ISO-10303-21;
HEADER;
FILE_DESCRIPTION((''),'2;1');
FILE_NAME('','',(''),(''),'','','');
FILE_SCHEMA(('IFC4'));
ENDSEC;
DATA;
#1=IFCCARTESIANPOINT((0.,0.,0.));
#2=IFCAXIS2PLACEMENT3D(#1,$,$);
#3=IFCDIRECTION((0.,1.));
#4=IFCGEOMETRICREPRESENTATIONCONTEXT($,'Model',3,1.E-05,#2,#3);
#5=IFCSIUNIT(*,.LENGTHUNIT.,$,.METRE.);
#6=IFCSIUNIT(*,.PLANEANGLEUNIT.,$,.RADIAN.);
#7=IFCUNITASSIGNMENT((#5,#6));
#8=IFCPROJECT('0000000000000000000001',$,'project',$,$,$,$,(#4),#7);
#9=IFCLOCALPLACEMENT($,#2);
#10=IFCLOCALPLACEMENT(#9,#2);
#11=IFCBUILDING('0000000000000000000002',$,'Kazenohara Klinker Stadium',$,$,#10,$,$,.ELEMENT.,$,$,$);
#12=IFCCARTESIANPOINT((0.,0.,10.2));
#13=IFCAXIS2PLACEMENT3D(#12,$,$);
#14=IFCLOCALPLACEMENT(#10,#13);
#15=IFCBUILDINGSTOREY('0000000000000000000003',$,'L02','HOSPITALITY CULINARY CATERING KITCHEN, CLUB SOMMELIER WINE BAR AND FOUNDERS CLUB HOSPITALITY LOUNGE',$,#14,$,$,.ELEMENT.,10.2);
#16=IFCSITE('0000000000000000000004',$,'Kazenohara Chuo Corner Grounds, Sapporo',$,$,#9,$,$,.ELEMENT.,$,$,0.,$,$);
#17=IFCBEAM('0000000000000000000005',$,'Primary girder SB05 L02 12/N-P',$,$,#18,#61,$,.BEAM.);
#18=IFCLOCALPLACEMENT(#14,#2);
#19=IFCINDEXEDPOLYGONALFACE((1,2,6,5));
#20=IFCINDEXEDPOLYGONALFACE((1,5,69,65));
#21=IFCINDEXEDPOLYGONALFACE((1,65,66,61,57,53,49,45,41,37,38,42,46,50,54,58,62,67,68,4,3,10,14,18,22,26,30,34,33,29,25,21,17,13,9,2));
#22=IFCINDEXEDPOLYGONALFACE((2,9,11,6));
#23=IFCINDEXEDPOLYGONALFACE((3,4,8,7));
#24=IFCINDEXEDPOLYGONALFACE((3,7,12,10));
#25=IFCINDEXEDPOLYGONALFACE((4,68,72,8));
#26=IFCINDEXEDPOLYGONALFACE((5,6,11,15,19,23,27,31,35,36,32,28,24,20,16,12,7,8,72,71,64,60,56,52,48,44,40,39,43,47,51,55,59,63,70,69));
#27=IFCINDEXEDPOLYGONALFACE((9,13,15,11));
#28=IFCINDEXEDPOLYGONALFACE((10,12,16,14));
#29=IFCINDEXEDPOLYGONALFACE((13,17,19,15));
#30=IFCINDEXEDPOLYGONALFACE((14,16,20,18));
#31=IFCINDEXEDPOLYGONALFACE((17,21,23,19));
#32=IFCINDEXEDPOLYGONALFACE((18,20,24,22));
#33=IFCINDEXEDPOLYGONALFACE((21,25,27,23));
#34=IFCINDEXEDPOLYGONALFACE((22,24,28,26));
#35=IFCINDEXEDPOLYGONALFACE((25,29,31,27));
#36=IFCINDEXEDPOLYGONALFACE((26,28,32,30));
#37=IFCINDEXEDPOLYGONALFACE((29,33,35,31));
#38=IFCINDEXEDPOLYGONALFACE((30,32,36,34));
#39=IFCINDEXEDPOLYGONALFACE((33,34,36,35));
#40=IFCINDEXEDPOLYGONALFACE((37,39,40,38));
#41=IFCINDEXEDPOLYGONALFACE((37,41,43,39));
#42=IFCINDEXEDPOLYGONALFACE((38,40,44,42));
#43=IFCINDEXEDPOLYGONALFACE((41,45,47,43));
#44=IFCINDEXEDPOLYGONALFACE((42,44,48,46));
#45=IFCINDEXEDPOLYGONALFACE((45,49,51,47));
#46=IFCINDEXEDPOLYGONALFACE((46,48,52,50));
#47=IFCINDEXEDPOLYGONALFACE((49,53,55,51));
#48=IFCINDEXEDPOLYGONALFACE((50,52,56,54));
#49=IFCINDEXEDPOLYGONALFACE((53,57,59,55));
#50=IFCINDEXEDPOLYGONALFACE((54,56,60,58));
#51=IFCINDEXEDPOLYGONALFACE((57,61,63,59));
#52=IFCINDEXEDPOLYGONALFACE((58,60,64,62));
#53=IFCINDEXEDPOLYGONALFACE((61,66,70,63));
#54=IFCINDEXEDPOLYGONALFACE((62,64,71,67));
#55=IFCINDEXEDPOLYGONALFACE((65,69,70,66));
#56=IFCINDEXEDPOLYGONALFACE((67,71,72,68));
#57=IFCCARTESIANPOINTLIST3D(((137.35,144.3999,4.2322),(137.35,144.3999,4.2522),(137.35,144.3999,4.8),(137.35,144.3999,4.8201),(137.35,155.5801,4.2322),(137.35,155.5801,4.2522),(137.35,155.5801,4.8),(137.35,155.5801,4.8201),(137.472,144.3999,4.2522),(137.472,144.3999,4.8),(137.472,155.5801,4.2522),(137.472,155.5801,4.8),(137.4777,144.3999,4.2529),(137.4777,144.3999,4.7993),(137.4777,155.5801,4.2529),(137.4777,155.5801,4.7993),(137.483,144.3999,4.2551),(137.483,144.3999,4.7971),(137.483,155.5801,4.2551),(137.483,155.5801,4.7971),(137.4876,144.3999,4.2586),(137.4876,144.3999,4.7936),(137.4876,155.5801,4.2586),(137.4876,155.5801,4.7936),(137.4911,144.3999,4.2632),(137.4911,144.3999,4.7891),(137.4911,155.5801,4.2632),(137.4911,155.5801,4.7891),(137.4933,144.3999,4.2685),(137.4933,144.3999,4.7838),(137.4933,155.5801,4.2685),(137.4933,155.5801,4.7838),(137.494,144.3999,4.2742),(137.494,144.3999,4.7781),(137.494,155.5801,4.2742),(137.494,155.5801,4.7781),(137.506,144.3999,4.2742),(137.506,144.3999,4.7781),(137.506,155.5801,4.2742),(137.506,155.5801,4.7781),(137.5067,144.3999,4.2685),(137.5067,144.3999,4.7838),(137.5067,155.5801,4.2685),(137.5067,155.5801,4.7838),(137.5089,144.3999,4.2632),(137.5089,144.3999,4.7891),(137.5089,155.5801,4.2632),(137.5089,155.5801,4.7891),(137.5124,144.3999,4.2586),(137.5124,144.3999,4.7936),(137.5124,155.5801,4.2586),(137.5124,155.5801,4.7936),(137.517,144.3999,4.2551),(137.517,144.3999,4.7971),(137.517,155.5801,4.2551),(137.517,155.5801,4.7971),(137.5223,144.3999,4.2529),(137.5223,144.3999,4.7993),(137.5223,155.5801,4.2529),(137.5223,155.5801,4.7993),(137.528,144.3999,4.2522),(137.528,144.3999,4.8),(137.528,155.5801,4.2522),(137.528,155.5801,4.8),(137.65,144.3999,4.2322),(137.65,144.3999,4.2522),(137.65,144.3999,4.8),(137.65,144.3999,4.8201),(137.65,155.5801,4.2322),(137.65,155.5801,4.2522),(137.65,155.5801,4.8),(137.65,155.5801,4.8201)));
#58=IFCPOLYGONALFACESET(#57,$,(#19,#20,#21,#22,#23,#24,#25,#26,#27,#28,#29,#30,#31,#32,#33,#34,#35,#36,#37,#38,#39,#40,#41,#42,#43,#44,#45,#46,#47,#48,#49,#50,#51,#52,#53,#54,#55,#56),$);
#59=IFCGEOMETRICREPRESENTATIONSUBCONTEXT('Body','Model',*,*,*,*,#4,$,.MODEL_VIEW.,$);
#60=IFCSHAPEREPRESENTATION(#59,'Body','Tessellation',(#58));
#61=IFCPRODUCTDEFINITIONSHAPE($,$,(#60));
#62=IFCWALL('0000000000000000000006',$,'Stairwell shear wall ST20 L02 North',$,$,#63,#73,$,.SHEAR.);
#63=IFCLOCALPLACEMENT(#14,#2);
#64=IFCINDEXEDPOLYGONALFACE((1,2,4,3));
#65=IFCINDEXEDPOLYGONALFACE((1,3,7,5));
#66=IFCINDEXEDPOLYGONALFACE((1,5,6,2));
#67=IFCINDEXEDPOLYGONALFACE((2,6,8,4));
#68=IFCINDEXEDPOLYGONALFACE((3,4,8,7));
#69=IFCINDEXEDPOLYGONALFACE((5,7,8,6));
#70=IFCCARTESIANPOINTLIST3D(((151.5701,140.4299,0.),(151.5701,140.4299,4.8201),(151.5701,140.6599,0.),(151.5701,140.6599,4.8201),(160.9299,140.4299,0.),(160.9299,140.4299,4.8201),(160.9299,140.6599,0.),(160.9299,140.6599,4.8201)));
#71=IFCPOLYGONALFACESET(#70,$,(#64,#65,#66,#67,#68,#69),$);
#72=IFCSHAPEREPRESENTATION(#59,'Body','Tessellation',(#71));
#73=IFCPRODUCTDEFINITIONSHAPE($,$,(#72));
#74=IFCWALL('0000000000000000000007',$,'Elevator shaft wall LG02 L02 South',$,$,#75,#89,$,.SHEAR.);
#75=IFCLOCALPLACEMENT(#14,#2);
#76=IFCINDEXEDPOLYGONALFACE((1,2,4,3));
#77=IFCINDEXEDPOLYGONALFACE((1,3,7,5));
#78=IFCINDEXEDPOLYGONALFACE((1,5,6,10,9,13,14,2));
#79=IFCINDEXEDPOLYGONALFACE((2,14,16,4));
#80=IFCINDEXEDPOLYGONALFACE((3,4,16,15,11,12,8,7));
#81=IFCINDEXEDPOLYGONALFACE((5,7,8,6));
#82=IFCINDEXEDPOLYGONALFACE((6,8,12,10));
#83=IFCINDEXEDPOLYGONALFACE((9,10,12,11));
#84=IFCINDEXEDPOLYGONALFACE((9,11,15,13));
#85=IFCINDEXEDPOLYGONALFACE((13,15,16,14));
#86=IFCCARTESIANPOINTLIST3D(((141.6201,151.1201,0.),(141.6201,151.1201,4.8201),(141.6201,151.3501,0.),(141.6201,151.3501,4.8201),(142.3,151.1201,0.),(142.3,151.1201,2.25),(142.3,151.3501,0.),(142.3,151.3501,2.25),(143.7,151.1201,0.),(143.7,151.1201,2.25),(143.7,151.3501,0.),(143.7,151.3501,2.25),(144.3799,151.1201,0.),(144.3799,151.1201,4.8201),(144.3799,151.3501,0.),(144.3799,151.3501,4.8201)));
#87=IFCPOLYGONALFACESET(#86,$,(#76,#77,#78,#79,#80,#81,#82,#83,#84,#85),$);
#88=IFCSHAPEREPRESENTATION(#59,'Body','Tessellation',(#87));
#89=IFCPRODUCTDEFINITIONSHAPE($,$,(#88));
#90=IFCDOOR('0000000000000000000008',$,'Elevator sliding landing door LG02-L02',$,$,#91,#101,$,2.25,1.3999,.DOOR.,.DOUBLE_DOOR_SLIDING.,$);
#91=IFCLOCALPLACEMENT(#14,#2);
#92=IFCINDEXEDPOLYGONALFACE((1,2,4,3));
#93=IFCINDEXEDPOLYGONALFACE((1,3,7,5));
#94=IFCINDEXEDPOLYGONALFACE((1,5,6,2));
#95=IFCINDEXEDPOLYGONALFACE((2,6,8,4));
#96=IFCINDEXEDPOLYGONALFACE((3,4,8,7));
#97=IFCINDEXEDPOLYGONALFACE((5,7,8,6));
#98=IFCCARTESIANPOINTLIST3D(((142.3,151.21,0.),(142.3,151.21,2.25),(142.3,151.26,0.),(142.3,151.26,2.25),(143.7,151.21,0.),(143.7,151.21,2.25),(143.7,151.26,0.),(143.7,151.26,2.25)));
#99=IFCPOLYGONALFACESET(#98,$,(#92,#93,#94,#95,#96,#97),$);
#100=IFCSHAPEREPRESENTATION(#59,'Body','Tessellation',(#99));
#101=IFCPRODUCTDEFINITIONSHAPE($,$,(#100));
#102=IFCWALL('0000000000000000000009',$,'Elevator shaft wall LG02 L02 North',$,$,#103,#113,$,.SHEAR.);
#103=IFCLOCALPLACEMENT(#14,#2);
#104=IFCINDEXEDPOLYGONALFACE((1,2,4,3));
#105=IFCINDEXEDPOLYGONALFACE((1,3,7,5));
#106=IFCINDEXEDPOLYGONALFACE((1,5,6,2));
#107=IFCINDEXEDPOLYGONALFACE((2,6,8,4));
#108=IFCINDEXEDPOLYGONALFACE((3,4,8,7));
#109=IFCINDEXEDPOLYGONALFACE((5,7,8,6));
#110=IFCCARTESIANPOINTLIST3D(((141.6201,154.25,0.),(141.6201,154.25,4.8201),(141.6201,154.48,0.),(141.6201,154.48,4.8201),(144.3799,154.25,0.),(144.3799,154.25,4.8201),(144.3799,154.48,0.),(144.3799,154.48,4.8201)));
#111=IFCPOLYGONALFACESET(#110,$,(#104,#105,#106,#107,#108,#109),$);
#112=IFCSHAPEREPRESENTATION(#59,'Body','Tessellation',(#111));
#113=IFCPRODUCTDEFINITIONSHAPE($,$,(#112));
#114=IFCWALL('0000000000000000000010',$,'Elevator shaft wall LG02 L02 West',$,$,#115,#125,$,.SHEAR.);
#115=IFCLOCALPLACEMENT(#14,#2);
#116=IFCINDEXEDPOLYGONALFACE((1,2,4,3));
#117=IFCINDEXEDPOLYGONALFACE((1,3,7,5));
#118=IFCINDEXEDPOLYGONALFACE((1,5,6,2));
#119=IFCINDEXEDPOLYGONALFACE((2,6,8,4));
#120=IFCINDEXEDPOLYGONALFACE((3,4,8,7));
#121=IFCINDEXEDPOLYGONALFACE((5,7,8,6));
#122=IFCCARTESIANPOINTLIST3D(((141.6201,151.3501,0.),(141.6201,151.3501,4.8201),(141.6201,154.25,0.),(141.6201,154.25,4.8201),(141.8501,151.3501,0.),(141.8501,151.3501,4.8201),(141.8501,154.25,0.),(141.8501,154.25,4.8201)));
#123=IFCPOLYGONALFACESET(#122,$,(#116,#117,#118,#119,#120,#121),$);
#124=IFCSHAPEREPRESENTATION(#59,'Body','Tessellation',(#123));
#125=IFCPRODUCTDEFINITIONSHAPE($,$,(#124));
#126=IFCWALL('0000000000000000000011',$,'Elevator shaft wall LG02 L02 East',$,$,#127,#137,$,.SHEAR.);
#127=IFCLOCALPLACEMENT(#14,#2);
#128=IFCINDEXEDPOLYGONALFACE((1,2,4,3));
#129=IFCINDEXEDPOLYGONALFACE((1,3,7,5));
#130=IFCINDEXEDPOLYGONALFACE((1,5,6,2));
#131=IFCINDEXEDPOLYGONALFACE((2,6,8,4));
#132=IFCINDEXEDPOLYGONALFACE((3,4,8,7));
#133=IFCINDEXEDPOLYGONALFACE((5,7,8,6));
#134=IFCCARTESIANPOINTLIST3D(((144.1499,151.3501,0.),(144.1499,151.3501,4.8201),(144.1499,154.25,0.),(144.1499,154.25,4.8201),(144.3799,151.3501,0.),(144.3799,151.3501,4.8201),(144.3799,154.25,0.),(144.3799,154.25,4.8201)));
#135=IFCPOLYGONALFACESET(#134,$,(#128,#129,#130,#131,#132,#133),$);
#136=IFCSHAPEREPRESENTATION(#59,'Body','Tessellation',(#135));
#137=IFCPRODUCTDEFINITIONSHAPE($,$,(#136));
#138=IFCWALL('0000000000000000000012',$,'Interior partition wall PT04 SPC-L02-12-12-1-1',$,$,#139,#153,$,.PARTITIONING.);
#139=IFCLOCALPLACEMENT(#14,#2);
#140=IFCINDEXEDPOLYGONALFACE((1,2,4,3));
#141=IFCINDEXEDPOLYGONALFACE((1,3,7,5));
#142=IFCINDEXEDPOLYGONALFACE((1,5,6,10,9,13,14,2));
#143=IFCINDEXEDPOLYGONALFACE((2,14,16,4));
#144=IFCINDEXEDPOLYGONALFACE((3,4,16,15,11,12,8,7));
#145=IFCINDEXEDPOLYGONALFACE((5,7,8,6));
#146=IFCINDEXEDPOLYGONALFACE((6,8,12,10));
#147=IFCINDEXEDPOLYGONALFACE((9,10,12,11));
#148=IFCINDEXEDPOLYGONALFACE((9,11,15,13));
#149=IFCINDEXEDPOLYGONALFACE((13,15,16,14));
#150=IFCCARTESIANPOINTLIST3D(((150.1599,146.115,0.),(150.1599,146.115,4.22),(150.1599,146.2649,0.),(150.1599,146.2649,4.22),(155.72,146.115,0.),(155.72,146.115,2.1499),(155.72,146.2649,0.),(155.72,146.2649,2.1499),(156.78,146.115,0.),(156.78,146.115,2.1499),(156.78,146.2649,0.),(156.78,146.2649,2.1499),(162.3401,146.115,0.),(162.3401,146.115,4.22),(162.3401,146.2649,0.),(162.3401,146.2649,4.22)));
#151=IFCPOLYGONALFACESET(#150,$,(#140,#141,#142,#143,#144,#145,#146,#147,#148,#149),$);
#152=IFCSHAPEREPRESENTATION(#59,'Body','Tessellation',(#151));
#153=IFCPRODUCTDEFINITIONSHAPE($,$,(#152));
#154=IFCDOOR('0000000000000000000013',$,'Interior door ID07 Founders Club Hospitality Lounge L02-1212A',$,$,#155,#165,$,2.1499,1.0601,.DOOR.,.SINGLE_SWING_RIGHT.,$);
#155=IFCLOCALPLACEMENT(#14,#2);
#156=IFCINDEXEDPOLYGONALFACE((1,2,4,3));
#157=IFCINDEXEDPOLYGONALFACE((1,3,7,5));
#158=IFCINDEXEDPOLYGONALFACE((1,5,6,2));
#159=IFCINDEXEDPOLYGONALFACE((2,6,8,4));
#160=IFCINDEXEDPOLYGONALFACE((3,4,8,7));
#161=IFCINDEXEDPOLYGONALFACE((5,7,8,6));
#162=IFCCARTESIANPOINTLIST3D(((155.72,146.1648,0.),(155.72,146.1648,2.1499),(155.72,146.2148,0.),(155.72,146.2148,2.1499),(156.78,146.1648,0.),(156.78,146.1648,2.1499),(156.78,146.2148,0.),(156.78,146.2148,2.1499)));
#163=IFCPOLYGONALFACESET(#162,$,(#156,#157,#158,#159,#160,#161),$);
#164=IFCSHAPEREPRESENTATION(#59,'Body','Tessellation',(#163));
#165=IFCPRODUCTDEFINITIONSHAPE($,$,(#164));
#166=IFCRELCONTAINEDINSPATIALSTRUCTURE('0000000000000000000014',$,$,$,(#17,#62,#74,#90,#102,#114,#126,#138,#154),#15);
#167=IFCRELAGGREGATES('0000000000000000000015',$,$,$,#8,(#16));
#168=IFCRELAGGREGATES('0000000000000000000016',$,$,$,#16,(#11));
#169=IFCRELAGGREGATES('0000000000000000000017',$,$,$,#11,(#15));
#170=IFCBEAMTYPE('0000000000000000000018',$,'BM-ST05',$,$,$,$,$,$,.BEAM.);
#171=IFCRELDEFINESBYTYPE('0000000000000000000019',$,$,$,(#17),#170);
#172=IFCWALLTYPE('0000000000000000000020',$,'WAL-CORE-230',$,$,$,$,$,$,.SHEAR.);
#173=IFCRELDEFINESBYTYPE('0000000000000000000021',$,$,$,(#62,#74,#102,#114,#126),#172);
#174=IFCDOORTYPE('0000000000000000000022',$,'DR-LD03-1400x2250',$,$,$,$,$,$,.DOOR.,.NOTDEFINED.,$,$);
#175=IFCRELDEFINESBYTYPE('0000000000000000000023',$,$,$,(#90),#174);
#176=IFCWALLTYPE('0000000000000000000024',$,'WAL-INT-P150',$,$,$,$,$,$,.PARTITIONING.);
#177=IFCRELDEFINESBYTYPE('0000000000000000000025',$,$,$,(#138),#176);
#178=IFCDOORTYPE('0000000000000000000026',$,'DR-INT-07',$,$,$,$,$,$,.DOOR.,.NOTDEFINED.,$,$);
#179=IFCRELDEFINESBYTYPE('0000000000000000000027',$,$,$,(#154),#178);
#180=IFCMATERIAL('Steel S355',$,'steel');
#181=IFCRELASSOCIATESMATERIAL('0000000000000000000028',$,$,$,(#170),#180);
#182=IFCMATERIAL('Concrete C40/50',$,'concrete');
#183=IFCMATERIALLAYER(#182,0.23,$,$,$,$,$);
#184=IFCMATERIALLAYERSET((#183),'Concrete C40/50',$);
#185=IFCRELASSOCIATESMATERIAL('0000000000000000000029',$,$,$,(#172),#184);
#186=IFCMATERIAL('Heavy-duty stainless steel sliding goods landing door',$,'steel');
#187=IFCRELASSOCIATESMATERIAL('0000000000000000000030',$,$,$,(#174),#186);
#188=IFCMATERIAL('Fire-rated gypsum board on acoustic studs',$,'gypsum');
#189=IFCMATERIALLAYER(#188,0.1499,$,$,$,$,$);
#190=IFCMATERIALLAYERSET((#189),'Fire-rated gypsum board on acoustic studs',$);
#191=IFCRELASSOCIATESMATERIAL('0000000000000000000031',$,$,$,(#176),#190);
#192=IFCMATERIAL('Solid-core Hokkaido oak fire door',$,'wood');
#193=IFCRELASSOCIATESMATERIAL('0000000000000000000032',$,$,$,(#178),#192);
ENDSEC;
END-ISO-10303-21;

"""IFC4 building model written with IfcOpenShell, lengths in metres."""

from ifc_helpers import new_model, si_unit, direction, frame, frame_2d, origin, origin_2d, place, context, subcontext, project, spatial, rectangle, i_section, extrude, material, layer, layer_set, material_profile, profile_set, type_object, element, fill, save


model = new_model("IFC4")

# Units and contexts
model_context = context("Model", 3, precision=1e-05, world=origin(), true_north=direction((0.0, 1.0)))
body_context = subcontext(model_context, "Body", "Model", "MODEL_VIEW")
ifc_project = project(units=[si_unit("LENGTHUNIT", "METRE"), si_unit("PLANEANGLEUNIT", "RADIAN")], contexts=[model_context])

# Site, building, storey
site_placement = place(None, origin())
site = spatial("IfcSite", under=ifc_project, at=site_placement, Name="Kazenohara Chuo Corner Grounds, Sapporo", CompositionType="ELEMENT", RefElevation=0.0)
building_placement = place(site_placement, origin())
building = spatial("IfcBuilding", under=site, at=building_placement, Name="Kazenohara Klinker Stadium", CompositionType="ELEMENT")
storey_placement = place(building_placement, frame((0.0, 0.0, 10.2)))
storey = spatial("IfcBuildingStorey", under=building, at=storey_placement, Name="L02", Description="HOSPITALITY CULINARY CATERING KITCHEN, CLUB SOMMELIER WINE BAR AND FOUNDERS CLUB HOSPITALITY LOUNGE", CompositionType="ELEMENT", Elevation=10.2)

# Shared definitions
ifc_material_1 = material(Name="Concrete C40/50", Category="concrete")

# Beam
ifc_material_2 = material(Name="Steel S355", Category="steel")
ifc_material_profile_1 = material_profile(ifc_material_2, i_section(OverallWidth=0.3, OverallDepth=0.5879, WebThickness=0.012, FlangeThickness=0.02, FilletRadius=0.022, at=origin_2d()), Name="H-588x300x12x20")
ifc_profile_set_1 = profile_set([ifc_material_profile_1], Name="Steel S355")
beam_type_1 = type_object("IfcBeamType", Name="BM-ST05", PredefinedType="BEAM", material=ifc_profile_set_1)
beam_1_placement = place(storey_placement, frame((137.5, 144.3999, 4.5261), z_axis=(0.0, 1.0, 0.0), x_axis=(-1.0, 0.0, 0.0)))
element("IfcBeam", 1, at=beam_1_placement, inside=storey, type_object=beam_type_1, Name="Primary girder SB05 L02 12/N-P", PredefinedType="BEAM", context=body_context, shape_type="SweptSolid", body=[
    extrude(i_section(OverallWidth=0.3, OverallDepth=0.5879, WebThickness=0.012, FlangeThickness=0.02, FilletRadius=0.022, at=origin_2d()), origin(), (0.0, 0.0, 1.0), 11.1802),
])

# Wall
ifc_layer_1 = layer(ifc_material_1, 0.23)
ifc_layer_set_1 = layer_set([ifc_layer_1], Name="Concrete C40/50")
wall_type_1 = type_object("IfcWallType", Name="WAL-CORE-230", PredefinedType="SHEAR", material=ifc_layer_set_1)
wall_1_placement = place(storey_placement, frame((151.5701, 140.5449, 0.0), z_axis=(0.0, 0.0, 1.0), x_axis=(1.0, 0.0, 0.0)))
element("IfcWall", 2, at=wall_1_placement, inside=storey, type_object=wall_type_1, Name="Stairwell shear wall ST20 L02 North", PredefinedType="SHEAR", context=body_context, shape_type="SweptSolid", body=[
    extrude(rectangle(XDim=9.3599, YDim=0.23, at=frame_2d((4.6799, 0.0))), origin(), (0.0, 0.0, 1.0), 4.8201),
])

# Wall, opening, door
wall_2_placement = place(storey_placement, frame((141.6201, 151.2351, 0.0), z_axis=(0.0, 0.0, 1.0), x_axis=(1.0, 0.0, 0.0)))
wall_2 = element("IfcWall", 3, at=wall_2_placement, inside=storey, type_object=wall_type_1, Name="Elevator shaft wall LG02 L02 South", PredefinedType="SHEAR", context=body_context, shape_type="SweptSolid", body=[
    extrude(rectangle(XDim=2.7598, YDim=0.23, at=frame_2d((1.3799, 0.0))), origin(), (0.0, 0.0, 1.0), 4.8201),
])
opening_1_placement = place(wall_2_placement, frame((0.6799, 0.0, 0.0)))
opening_1 = element("IfcOpeningElement", 4, at=opening_1_placement, cuts=wall_2, PredefinedType="OPENING", context=body_context, shape_type="SweptSolid", body=[
    extrude(rectangle(XDim=1.3999, YDim=2.25, at=frame_2d((0.7, 1.125))), frame((0.0, 0.125, 0.0), z_axis=(0.0, -1.0, 0.0), x_axis=(1.0, 0.0, 0.0)), (0.0, 0.0, 1.0), 0.25),
])
ifc_material_3 = material(Name="Heavy-duty stainless steel sliding goods landing door", Category="steel")
door_type_1 = type_object("IfcDoorType", Name="DR-LD03-1400x2250", OperationType="NOTDEFINED", PredefinedType="DOOR", material=ifc_material_3)
door_1_placement = place(opening_1_placement, origin())
door_1 = element("IfcDoor", 5, at=door_1_placement, inside=storey, type_object=door_type_1, Name="Elevator sliding landing door LG02-L02", OperationType="DOUBLE_DOOR_SLIDING", OverallHeight=2.25, OverallWidth=1.3999, PredefinedType="DOOR", context=body_context, shape_type="SweptSolid", body=[
    extrude(rectangle(XDim=1.3999, YDim=2.25, at=frame_2d((0.7, 1.125))), frame((0.0, 0.0249, 0.0), z_axis=(0.0, -1.0, 0.0), x_axis=(1.0, 0.0, 0.0)), (0.0, 0.0, 1.0), 0.05),
])
fill(opening_1, door_1)

# Walls
wall_3_placement = place(storey_placement, frame((141.6201, 154.365, 0.0), z_axis=(0.0, 0.0, 1.0), x_axis=(1.0, 0.0, 0.0)))
element("IfcWall", 6, at=wall_3_placement, inside=storey, type_object=wall_type_1, Name="Elevator shaft wall LG02 L02 North", PredefinedType="SHEAR", context=body_context, shape_type="SweptSolid", body=[
    extrude(rectangle(XDim=2.7598, YDim=0.23, at=frame_2d((1.3799, 0.0))), origin(), (0.0, 0.0, 1.0), 4.8201),
])
for number, where, z_axis, x_axis, name in (
    (7, (141.7351, 151.3501, 0.0), (0.0, 0.0, 1.0), (0.0, 1.0, 0.0), "Elevator shaft wall LG02 L02 West"),
    (8, (144.2649, 151.3501, 0.0), (0.0, 0.0, 1.0), (0.0, 1.0, 0.0), "Elevator shaft wall LG02 L02 East"),
):
    element("IfcWall", number, at=place(storey_placement, frame(where, z_axis=z_axis, x_axis=x_axis)), inside=storey, type_object=wall_type_1, Name=name, PredefinedType="SHEAR", context=body_context, shape_type="SweptSolid", body=[
        extrude(rectangle(XDim=2.8999, YDim=0.23, at=frame_2d((1.45, 0.0))), origin(), (0.0, 0.0, 1.0), 4.8201),
    ])

# Wall, opening, door
ifc_material_4 = material(Name="Fire-rated gypsum board on acoustic studs", Category="gypsum")
ifc_layer_2 = layer(ifc_material_4, 0.1499)
ifc_layer_set_2 = layer_set([ifc_layer_2], Name="Fire-rated gypsum board on acoustic studs")
wall_type_2 = type_object("IfcWallType", Name="WAL-INT-P150", PredefinedType="PARTITIONING", material=ifc_layer_set_2)
wall_4_placement = place(storey_placement, frame((150.1599, 146.1899, 0.0), z_axis=(0.0, 0.0, 1.0), x_axis=(1.0, 0.0, 0.0)))
wall_4 = element("IfcWall", 9, at=wall_4_placement, inside=storey, type_object=wall_type_2, Name="Interior partition wall PT04 SPC-L02-12-12-1-1", PredefinedType="PARTITIONING", context=body_context, shape_type="SweptSolid", body=[
    extrude(rectangle(XDim=12.1802, YDim=0.1499, at=frame_2d((6.0901, 0.0))), origin(), (0.0, 0.0, 1.0), 4.22),
])
opening_2_placement = place(wall_4_placement, frame((5.5601, 0.0, 0.0)))
opening_2 = element("IfcOpeningElement", 10, at=opening_2_placement, cuts=wall_4, PredefinedType="OPENING", context=body_context, shape_type="SweptSolid", body=[
    extrude(rectangle(XDim=1.0601, YDim=2.1499, at=frame_2d((0.53, 1.075))), frame((0.0, 0.085, 0.0), z_axis=(0.0, -1.0, 0.0), x_axis=(1.0, 0.0, 0.0)), (0.0, 0.0, 1.0), 0.1699),
])
ifc_material_5 = material(Name="Solid-core Hokkaido oak fire door", Category="wood")
door_type_2 = type_object("IfcDoorType", Name="DR-INT-07", OperationType="NOTDEFINED", PredefinedType="DOOR", material=ifc_material_5)
door_2_placement = place(opening_2_placement, origin())
door_2 = element("IfcDoor", 11, at=door_2_placement, inside=storey, type_object=door_type_2, Name="Interior door ID07 Founders Club Hospitality Lounge L02-1212A", OperationType="SINGLE_SWING_RIGHT", OverallHeight=2.1499, OverallWidth=1.0601, PredefinedType="DOOR", context=body_context, shape_type="SweptSolid", body=[
    extrude(rectangle(XDim=1.0601, YDim=2.1499, at=frame_2d((0.53, 1.075))), frame((0.0, 0.0249, 0.0), z_axis=(0.0, -1.0, 0.0), x_axis=(1.0, 0.0, 0.0)), (0.0, 0.0, 1.0), 0.05),
])
fill(opening_2, door_2)

save(model, "model.ifc")
